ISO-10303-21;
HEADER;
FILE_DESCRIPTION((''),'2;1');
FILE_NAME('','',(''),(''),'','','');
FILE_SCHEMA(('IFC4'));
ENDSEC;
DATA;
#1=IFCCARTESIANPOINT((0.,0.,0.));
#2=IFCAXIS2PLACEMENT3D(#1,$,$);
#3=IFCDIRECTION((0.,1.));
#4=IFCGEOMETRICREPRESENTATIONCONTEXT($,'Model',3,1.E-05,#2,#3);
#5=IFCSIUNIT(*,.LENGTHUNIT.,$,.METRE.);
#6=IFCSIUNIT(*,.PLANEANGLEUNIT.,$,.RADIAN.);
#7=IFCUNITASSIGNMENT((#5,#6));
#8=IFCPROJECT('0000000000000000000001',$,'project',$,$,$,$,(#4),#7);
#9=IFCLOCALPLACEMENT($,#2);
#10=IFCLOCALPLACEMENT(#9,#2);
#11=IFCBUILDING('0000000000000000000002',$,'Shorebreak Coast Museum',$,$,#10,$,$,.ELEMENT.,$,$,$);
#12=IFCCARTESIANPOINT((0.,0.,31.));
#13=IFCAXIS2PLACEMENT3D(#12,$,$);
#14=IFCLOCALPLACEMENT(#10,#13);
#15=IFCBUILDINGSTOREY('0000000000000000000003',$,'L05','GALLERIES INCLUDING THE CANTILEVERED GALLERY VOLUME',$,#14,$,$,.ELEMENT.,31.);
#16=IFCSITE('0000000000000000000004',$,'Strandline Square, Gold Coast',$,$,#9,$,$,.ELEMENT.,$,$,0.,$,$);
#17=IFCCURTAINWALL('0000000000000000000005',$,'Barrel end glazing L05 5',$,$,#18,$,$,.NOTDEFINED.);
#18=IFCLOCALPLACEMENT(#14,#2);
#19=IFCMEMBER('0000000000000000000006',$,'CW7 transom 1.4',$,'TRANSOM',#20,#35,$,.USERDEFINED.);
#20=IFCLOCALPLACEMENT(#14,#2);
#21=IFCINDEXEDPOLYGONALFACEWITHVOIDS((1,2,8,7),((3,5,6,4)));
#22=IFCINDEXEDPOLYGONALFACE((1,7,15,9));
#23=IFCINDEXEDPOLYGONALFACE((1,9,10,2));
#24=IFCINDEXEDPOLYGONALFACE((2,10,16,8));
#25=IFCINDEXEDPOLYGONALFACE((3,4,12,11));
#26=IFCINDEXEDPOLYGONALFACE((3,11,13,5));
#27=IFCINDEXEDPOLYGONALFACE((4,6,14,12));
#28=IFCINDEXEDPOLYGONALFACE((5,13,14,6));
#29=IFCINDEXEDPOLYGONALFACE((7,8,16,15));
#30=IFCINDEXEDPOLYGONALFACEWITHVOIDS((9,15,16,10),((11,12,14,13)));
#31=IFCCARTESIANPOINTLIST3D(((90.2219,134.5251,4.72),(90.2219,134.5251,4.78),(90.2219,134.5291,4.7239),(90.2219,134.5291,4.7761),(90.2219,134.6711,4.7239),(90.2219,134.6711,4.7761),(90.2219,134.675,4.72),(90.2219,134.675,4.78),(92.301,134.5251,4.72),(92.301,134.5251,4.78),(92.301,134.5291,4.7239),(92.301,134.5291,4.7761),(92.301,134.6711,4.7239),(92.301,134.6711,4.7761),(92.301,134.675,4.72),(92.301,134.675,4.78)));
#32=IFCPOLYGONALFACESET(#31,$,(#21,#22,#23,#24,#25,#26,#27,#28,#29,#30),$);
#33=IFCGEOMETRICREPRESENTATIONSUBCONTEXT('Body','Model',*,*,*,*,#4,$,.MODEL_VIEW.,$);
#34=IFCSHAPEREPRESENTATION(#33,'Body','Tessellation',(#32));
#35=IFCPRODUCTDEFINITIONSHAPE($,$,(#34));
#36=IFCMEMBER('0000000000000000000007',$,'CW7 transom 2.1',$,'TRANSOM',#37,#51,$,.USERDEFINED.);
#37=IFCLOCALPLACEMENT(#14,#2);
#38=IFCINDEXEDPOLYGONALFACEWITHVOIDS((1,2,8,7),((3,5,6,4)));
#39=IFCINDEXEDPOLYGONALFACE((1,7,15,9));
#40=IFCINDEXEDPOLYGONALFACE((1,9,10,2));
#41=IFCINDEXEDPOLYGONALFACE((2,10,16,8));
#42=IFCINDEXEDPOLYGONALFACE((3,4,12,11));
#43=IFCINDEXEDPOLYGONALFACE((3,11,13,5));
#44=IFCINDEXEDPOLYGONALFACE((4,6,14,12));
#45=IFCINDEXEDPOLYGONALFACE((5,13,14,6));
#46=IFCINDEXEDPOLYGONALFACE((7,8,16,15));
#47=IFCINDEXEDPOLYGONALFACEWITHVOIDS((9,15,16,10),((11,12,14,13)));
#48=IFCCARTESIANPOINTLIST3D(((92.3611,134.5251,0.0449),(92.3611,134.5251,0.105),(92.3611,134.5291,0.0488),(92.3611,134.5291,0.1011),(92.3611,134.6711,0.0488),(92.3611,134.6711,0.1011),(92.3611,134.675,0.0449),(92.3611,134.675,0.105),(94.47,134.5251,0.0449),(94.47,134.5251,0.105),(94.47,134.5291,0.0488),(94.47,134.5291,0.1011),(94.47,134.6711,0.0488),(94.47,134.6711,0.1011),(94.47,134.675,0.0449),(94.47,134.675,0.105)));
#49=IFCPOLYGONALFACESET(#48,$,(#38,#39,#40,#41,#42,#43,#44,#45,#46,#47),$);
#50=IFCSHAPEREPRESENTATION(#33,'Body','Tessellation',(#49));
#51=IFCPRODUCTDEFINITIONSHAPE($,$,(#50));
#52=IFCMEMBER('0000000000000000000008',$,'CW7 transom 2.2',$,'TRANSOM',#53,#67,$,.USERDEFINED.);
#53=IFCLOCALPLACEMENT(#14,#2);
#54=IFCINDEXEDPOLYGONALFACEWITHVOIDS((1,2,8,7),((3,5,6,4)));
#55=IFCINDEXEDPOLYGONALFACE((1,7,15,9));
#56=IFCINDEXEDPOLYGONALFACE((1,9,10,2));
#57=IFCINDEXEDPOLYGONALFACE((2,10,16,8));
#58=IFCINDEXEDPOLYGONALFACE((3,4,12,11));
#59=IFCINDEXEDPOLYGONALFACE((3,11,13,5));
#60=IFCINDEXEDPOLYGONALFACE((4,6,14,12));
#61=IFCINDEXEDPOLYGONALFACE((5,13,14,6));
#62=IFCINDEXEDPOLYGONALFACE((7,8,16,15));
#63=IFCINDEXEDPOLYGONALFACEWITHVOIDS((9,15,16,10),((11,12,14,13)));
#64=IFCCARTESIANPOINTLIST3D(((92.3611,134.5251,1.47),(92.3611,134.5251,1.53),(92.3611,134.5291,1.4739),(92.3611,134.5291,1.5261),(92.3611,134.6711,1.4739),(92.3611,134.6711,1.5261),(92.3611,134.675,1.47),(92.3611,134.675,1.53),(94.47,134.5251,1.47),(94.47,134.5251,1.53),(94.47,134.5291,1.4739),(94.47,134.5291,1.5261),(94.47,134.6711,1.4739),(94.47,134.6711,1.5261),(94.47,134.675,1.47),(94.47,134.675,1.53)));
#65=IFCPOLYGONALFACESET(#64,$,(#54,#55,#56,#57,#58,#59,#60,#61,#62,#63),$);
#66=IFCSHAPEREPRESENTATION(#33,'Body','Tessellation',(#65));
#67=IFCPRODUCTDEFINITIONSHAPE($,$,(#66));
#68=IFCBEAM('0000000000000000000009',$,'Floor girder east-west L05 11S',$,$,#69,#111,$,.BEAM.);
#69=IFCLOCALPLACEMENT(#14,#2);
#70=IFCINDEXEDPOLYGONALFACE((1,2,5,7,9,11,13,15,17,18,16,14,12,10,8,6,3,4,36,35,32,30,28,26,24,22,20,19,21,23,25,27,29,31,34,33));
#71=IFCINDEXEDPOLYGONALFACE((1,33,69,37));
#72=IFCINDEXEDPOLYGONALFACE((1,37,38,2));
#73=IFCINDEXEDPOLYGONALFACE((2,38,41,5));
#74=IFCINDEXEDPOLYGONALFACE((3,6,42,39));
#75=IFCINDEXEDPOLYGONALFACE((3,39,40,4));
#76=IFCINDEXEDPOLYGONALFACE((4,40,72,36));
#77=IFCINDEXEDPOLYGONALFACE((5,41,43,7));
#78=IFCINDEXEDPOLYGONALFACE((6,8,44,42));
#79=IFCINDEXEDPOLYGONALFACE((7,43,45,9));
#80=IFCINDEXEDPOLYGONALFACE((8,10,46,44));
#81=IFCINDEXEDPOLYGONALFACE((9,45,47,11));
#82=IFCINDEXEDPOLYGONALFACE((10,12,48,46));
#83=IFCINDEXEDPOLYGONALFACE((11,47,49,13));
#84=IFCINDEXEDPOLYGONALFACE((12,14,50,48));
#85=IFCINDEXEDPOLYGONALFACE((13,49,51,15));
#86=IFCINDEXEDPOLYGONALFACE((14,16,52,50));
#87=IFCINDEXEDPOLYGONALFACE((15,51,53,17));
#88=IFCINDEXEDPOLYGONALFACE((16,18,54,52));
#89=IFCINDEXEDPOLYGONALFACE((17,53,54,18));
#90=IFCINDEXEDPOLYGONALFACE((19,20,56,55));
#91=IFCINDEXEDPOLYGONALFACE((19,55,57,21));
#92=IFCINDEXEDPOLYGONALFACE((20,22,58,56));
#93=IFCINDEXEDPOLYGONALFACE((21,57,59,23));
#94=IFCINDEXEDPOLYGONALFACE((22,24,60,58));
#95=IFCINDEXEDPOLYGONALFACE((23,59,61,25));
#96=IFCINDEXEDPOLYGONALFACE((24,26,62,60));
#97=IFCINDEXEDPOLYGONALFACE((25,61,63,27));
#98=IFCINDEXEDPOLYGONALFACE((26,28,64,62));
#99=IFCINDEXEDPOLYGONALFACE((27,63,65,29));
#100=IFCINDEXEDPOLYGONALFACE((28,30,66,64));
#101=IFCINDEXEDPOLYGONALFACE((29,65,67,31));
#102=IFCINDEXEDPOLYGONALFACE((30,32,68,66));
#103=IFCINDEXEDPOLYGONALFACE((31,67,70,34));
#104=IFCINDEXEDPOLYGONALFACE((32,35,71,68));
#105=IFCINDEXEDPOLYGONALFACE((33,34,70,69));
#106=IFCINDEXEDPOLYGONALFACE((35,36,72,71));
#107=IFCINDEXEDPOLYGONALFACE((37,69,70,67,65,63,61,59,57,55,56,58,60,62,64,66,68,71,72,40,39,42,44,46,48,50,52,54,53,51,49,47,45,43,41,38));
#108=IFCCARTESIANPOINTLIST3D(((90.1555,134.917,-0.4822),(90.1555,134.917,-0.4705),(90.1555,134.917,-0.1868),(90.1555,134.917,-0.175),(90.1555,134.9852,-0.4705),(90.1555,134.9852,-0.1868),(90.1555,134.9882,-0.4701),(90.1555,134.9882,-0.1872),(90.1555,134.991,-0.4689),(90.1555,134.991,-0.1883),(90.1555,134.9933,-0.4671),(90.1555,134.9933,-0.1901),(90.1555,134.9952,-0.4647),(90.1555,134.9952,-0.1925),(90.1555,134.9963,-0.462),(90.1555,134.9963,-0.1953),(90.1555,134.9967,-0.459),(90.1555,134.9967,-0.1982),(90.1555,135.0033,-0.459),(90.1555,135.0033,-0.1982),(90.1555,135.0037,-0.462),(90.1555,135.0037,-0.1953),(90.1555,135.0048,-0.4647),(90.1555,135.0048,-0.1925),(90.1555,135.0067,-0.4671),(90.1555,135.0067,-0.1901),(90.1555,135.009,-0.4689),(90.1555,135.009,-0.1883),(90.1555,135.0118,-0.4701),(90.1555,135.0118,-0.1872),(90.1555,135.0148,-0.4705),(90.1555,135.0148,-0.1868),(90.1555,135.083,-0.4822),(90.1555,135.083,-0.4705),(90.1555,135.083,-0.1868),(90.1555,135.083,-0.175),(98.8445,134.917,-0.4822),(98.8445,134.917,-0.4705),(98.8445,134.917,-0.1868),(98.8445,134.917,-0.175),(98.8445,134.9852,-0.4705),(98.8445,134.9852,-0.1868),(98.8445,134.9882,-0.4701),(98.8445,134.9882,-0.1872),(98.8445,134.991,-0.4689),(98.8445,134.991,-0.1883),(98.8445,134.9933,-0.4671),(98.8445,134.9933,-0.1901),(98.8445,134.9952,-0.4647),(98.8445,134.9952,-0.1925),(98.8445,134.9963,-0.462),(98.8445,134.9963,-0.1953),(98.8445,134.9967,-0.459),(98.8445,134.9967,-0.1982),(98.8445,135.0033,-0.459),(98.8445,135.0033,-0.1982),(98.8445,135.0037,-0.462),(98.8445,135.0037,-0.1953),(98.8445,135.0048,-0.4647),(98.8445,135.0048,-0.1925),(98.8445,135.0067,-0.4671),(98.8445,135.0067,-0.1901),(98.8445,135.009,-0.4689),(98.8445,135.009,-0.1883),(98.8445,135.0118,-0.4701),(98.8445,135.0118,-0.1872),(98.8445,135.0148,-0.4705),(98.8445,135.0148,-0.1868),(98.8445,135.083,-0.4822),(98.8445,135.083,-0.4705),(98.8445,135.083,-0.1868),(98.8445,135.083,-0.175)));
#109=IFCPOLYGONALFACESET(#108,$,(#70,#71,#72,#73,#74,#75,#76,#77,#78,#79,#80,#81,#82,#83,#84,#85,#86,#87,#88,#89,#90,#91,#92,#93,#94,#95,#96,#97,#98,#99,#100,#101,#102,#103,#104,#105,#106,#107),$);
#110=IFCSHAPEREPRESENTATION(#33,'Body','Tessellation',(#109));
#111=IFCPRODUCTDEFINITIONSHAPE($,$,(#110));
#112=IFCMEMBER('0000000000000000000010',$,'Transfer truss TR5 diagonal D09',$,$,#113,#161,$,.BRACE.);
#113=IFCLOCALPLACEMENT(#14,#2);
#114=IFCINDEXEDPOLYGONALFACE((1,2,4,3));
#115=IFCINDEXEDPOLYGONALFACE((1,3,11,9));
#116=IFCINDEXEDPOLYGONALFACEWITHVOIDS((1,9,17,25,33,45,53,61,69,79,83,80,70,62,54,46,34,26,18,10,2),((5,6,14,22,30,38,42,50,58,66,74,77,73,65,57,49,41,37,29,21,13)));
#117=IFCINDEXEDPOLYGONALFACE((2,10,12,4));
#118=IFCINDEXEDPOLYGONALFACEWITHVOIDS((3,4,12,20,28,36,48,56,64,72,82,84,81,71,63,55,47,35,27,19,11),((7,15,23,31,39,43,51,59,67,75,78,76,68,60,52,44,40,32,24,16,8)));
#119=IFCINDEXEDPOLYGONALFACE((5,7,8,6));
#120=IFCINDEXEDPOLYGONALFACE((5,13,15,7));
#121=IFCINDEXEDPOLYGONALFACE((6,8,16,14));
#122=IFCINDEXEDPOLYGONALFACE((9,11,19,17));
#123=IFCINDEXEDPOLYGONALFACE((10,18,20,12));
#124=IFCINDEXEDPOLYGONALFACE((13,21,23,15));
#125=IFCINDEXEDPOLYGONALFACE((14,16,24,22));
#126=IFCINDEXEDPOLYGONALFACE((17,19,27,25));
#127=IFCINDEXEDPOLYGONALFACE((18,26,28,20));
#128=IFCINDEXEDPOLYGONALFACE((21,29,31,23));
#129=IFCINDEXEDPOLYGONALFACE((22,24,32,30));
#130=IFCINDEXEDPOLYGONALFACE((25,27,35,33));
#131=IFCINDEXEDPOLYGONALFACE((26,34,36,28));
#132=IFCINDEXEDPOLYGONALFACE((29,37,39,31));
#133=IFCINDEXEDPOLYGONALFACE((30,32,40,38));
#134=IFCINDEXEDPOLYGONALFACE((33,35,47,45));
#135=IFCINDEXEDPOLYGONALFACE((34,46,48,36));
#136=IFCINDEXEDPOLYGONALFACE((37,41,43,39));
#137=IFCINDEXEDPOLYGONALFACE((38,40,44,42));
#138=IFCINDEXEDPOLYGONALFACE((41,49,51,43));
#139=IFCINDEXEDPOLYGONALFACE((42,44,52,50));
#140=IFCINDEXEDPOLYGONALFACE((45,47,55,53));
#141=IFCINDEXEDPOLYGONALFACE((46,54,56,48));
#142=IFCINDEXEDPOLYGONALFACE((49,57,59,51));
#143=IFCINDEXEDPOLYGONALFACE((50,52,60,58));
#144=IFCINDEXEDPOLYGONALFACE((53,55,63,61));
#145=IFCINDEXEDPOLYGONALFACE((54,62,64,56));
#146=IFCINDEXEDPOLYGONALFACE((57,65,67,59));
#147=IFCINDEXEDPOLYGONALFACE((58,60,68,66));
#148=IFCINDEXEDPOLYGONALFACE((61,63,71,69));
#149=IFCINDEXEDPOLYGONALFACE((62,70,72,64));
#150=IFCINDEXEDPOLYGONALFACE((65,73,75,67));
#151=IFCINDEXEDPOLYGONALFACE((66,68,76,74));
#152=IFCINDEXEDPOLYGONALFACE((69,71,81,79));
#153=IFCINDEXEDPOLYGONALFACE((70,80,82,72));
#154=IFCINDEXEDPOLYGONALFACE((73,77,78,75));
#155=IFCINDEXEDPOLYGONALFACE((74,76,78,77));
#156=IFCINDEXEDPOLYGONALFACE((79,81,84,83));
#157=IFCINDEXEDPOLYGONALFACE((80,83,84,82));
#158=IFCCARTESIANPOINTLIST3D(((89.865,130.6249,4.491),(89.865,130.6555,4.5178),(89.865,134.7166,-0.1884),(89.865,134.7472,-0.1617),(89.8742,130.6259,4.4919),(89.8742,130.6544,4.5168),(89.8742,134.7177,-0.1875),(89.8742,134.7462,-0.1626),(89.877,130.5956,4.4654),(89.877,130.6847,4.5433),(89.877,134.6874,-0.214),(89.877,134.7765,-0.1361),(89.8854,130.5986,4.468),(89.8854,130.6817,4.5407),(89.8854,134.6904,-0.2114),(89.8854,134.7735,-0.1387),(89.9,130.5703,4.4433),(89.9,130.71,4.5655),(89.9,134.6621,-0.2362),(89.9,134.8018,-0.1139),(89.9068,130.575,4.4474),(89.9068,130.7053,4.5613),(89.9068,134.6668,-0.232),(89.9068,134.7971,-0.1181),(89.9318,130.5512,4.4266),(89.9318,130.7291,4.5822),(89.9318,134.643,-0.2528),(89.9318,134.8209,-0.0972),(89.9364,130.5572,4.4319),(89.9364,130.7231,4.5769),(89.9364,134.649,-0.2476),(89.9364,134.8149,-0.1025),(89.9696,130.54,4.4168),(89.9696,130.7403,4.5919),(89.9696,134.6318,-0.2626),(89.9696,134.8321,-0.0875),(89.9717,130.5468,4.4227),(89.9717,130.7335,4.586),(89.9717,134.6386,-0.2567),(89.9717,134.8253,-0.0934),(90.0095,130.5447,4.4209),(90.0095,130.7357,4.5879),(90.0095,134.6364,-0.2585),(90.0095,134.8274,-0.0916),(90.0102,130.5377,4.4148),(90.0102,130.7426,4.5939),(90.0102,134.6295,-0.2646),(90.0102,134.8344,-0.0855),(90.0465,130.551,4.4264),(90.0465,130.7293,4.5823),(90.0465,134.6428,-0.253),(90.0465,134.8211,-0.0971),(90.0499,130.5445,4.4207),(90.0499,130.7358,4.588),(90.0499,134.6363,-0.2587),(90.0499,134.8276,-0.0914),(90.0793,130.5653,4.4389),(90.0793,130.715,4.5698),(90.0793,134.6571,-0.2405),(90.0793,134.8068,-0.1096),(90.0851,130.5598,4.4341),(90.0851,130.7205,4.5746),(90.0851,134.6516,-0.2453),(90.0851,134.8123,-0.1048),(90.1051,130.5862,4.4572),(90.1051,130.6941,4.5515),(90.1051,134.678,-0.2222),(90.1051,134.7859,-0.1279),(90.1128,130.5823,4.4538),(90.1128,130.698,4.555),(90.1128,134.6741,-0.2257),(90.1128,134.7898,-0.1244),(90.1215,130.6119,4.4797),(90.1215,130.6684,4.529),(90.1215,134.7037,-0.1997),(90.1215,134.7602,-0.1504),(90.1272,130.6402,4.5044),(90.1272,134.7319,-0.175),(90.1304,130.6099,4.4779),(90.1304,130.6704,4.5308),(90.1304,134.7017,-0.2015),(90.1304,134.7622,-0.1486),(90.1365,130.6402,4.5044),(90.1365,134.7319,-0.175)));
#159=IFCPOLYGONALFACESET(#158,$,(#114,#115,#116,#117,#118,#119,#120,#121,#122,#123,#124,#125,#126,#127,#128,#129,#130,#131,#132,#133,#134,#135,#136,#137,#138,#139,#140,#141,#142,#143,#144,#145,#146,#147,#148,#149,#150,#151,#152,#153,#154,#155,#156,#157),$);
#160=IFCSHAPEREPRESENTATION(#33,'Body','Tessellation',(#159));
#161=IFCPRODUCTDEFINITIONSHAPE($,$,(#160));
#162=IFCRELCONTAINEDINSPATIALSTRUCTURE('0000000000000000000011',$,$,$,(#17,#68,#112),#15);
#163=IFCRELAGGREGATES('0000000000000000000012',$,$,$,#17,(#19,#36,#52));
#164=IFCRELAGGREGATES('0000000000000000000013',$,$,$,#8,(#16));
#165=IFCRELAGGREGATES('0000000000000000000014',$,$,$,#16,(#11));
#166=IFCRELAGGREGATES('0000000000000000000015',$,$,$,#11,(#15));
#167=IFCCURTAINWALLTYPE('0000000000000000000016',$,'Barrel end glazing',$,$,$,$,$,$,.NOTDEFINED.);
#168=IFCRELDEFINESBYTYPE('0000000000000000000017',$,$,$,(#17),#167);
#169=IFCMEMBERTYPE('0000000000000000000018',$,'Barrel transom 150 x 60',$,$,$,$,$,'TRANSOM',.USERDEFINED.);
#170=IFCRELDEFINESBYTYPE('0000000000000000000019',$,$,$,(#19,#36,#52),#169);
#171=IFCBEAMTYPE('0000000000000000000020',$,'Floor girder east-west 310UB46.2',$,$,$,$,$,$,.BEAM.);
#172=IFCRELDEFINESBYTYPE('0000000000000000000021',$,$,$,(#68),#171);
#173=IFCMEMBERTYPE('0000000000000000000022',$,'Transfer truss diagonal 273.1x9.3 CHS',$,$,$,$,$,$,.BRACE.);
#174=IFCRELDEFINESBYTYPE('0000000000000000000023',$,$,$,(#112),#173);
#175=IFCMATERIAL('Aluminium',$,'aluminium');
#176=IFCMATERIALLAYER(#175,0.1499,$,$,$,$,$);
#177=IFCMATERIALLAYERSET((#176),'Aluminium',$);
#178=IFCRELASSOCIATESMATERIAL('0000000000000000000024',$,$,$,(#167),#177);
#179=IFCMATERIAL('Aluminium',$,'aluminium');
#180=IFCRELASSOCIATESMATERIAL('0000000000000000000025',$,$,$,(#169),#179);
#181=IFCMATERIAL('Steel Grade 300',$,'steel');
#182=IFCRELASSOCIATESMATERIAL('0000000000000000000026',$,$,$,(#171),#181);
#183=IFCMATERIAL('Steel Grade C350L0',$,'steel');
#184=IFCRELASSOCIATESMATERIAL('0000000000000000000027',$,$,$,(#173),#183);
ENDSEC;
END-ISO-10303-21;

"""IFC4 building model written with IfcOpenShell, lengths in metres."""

from ifc_helpers import new_model, si_unit, direction, frame, origin, origin_2d, place, context, subcontext, project, spatial, hollow_rectangle, hollow_circle, i_section, extrude, material, layer, layer_set, material_profile, profile_set, type_object, element, aggregate, save


model = new_model("IFC4")

# Units and contexts
model_context = context("Model", 3, precision=1e-05, world=origin(), true_north=direction((0.0, 1.0)))
body_context = subcontext(model_context, "Body", "Model", "MODEL_VIEW")
ifc_project = project(units=[si_unit("LENGTHUNIT", "METRE"), si_unit("PLANEANGLEUNIT", "RADIAN")], contexts=[model_context])

# Site, building, storey
site_placement = place(None, origin())
site = spatial("IfcSite", under=ifc_project, at=site_placement, Name="Strandline Square, Gold Coast", CompositionType="ELEMENT", RefElevation=0.0)
building_placement = place(site_placement, origin())
building = spatial("IfcBuilding", under=site, at=building_placement, Name="Shorebreak Coast Museum", CompositionType="ELEMENT")
storey_placement = place(building_placement, frame((0.0, 0.0, 31.0)))
storey = spatial("IfcBuildingStorey", under=building, at=storey_placement, Name="L05", Description="GALLERIES INCLUDING THE CANTILEVERED GALLERY VOLUME", CompositionType="ELEMENT", Elevation=31.0)

# Curtain wall
ifc_material_1 = material(Name="Aluminium", Category="aluminium")
ifc_layer_1 = layer(ifc_material_1, 0.1499)
ifc_layer_set_1 = layer_set([ifc_layer_1], Name="Aluminium")
curtain_wall_type = type_object("IfcCurtainWallType", Name="Barrel end glazing", PredefinedType="NOTDEFINED", material=ifc_layer_set_1)
curtain_wall_1_placement = place(storey_placement, origin())
curtain_wall_1 = element("IfcCurtainWall", 1, at=curtain_wall_1_placement, inside=storey, type_object=curtain_wall_type, Name="Barrel end glazing L05 5", PredefinedType="NOTDEFINED")

# Members
ifc_material_2 = material(Name="Aluminium", Category="aluminium")
ifc_material_profile_1 = material_profile(ifc_material_2, hollow_rectangle(XDim=0.1499, YDim=0.0601, WallThickness=0.0039, at=origin_2d()), Name="AL 60x150 RHS")
ifc_profile_set_1 = profile_set([ifc_material_profile_1], Name="Aluminium")
member_type_1 = type_object("IfcMemberType", Name="Barrel transom 150 x 60", ElementType="TRANSOM", PredefinedType="USERDEFINED", material=ifc_profile_set_1)
member_1_placement = place(storey_placement, frame((90.2219, 134.6001, 4.75), z_axis=(1.0, 0.0, 0.0), x_axis=(0.0, 1.0, 0.0)))
member_1 = element("IfcMember", 2, at=member_1_placement, type_object=member_type_1, Name="CW7 transom 1.4", ObjectType="TRANSOM", PredefinedType="USERDEFINED", context=body_context, shape_type="SweptSolid", body=[
    extrude(hollow_rectangle(XDim=0.1499, YDim=0.0601, WallThickness=0.0039, at=origin_2d()), origin(), (0.0, 0.0, 1.0), 2.0791),
])
member_2_placement = place(storey_placement, frame((92.3611, 134.6001, 0.075), z_axis=(1.0, 0.0, 0.0), x_axis=(0.0, 1.0, 0.0)))
member_2 = element("IfcMember", 3, at=member_2_placement, type_object=member_type_1, Name="CW7 transom 2.1", ObjectType="TRANSOM", PredefinedType="USERDEFINED", context=body_context, shape_type="SweptSolid", body=[
    extrude(hollow_rectangle(XDim=0.1499, YDim=0.0601, WallThickness=0.0039, at=origin_2d()), origin(), (0.0, 0.0, 1.0), 2.1089),
])
member_3_placement = place(storey_placement, frame((92.3611, 134.6001, 1.5), z_axis=(1.0, 0.0, 0.0), x_axis=(0.0, 1.0, 0.0)))
member_3 = element("IfcMember", 4, at=member_3_placement, type_object=member_type_1, Name="CW7 transom 2.2", ObjectType="TRANSOM", PredefinedType="USERDEFINED", context=body_context, shape_type="SweptSolid", body=[
    extrude(hollow_rectangle(XDim=0.1499, YDim=0.0601, WallThickness=0.0039, at=origin_2d()), origin(), (0.0, 0.0, 1.0), 2.1089),
])

# Beam
ifc_material_3 = material(Name="Steel Grade 300", Category="steel")
ifc_material_profile_2 = material_profile(ifc_material_3, i_section(OverallWidth=0.166, OverallDepth=0.3071, WebThickness=0.0066, FlangeThickness=0.0117, FilletRadius=0.0115, at=origin_2d()), Name="310UB46.2")
ifc_profile_set_2 = profile_set([ifc_material_profile_2], Name="Steel Grade 300")
beam_type = type_object("IfcBeamType", Name="Floor girder east-west 310UB46.2", PredefinedType="BEAM", material=ifc_profile_set_2)
beam_placement = place(storey_placement, frame((90.1555, 135.0, -0.3286), z_axis=(1.0, 0.0, 0.0), x_axis=(0.0, 1.0, 0.0)))
element("IfcBeam", 5, at=beam_placement, inside=storey, type_object=beam_type, Name="Floor girder east-west L05 11S", PredefinedType="BEAM", context=body_context, shape_type="SweptSolid", body=[
    extrude(i_section(OverallWidth=0.166, OverallDepth=0.3071, WebThickness=0.0066, FlangeThickness=0.0117, FilletRadius=0.0115, at=origin_2d()), origin(), (0.0, 0.0, 1.0), 8.689),
])

# Member
ifc_material_4 = material(Name="Steel Grade C350L0", Category="steel")
ifc_material_profile_3 = material_profile(ifc_material_4, hollow_circle(Radius=0.1365, WallThickness=0.0093, at=origin_2d()), Name="273.1x9.3 CHS")
ifc_profile_set_3 = profile_set([ifc_material_profile_3], Name="Steel Grade C350L0")
member_type_2 = type_object("IfcMemberType", Name="Transfer truss diagonal 273.1x9.3 CHS", PredefinedType="BRACE", material=ifc_profile_set_3)
member_4_placement = place(storey_placement, frame((90.0, 134.7319, -0.175), z_axis=(0.0, -0.658257, 0.752793), x_axis=(1.0, 0.0, 0.0)))
element("IfcMember", 6, at=member_4_placement, inside=storey, type_object=member_type_2, Name="Transfer truss TR5 diagonal D09", PredefinedType="BRACE", context=body_context, shape_type="SweptSolid", body=[
    extrude(hollow_circle(Radius=0.1365, WallThickness=0.0093, at=origin_2d()), origin(), (0.0, 0.0, 1.0), 6.2161),
])

aggregate(curtain_wall_1, [member_1, member_2, member_3])

save(model, "model.ifc")
